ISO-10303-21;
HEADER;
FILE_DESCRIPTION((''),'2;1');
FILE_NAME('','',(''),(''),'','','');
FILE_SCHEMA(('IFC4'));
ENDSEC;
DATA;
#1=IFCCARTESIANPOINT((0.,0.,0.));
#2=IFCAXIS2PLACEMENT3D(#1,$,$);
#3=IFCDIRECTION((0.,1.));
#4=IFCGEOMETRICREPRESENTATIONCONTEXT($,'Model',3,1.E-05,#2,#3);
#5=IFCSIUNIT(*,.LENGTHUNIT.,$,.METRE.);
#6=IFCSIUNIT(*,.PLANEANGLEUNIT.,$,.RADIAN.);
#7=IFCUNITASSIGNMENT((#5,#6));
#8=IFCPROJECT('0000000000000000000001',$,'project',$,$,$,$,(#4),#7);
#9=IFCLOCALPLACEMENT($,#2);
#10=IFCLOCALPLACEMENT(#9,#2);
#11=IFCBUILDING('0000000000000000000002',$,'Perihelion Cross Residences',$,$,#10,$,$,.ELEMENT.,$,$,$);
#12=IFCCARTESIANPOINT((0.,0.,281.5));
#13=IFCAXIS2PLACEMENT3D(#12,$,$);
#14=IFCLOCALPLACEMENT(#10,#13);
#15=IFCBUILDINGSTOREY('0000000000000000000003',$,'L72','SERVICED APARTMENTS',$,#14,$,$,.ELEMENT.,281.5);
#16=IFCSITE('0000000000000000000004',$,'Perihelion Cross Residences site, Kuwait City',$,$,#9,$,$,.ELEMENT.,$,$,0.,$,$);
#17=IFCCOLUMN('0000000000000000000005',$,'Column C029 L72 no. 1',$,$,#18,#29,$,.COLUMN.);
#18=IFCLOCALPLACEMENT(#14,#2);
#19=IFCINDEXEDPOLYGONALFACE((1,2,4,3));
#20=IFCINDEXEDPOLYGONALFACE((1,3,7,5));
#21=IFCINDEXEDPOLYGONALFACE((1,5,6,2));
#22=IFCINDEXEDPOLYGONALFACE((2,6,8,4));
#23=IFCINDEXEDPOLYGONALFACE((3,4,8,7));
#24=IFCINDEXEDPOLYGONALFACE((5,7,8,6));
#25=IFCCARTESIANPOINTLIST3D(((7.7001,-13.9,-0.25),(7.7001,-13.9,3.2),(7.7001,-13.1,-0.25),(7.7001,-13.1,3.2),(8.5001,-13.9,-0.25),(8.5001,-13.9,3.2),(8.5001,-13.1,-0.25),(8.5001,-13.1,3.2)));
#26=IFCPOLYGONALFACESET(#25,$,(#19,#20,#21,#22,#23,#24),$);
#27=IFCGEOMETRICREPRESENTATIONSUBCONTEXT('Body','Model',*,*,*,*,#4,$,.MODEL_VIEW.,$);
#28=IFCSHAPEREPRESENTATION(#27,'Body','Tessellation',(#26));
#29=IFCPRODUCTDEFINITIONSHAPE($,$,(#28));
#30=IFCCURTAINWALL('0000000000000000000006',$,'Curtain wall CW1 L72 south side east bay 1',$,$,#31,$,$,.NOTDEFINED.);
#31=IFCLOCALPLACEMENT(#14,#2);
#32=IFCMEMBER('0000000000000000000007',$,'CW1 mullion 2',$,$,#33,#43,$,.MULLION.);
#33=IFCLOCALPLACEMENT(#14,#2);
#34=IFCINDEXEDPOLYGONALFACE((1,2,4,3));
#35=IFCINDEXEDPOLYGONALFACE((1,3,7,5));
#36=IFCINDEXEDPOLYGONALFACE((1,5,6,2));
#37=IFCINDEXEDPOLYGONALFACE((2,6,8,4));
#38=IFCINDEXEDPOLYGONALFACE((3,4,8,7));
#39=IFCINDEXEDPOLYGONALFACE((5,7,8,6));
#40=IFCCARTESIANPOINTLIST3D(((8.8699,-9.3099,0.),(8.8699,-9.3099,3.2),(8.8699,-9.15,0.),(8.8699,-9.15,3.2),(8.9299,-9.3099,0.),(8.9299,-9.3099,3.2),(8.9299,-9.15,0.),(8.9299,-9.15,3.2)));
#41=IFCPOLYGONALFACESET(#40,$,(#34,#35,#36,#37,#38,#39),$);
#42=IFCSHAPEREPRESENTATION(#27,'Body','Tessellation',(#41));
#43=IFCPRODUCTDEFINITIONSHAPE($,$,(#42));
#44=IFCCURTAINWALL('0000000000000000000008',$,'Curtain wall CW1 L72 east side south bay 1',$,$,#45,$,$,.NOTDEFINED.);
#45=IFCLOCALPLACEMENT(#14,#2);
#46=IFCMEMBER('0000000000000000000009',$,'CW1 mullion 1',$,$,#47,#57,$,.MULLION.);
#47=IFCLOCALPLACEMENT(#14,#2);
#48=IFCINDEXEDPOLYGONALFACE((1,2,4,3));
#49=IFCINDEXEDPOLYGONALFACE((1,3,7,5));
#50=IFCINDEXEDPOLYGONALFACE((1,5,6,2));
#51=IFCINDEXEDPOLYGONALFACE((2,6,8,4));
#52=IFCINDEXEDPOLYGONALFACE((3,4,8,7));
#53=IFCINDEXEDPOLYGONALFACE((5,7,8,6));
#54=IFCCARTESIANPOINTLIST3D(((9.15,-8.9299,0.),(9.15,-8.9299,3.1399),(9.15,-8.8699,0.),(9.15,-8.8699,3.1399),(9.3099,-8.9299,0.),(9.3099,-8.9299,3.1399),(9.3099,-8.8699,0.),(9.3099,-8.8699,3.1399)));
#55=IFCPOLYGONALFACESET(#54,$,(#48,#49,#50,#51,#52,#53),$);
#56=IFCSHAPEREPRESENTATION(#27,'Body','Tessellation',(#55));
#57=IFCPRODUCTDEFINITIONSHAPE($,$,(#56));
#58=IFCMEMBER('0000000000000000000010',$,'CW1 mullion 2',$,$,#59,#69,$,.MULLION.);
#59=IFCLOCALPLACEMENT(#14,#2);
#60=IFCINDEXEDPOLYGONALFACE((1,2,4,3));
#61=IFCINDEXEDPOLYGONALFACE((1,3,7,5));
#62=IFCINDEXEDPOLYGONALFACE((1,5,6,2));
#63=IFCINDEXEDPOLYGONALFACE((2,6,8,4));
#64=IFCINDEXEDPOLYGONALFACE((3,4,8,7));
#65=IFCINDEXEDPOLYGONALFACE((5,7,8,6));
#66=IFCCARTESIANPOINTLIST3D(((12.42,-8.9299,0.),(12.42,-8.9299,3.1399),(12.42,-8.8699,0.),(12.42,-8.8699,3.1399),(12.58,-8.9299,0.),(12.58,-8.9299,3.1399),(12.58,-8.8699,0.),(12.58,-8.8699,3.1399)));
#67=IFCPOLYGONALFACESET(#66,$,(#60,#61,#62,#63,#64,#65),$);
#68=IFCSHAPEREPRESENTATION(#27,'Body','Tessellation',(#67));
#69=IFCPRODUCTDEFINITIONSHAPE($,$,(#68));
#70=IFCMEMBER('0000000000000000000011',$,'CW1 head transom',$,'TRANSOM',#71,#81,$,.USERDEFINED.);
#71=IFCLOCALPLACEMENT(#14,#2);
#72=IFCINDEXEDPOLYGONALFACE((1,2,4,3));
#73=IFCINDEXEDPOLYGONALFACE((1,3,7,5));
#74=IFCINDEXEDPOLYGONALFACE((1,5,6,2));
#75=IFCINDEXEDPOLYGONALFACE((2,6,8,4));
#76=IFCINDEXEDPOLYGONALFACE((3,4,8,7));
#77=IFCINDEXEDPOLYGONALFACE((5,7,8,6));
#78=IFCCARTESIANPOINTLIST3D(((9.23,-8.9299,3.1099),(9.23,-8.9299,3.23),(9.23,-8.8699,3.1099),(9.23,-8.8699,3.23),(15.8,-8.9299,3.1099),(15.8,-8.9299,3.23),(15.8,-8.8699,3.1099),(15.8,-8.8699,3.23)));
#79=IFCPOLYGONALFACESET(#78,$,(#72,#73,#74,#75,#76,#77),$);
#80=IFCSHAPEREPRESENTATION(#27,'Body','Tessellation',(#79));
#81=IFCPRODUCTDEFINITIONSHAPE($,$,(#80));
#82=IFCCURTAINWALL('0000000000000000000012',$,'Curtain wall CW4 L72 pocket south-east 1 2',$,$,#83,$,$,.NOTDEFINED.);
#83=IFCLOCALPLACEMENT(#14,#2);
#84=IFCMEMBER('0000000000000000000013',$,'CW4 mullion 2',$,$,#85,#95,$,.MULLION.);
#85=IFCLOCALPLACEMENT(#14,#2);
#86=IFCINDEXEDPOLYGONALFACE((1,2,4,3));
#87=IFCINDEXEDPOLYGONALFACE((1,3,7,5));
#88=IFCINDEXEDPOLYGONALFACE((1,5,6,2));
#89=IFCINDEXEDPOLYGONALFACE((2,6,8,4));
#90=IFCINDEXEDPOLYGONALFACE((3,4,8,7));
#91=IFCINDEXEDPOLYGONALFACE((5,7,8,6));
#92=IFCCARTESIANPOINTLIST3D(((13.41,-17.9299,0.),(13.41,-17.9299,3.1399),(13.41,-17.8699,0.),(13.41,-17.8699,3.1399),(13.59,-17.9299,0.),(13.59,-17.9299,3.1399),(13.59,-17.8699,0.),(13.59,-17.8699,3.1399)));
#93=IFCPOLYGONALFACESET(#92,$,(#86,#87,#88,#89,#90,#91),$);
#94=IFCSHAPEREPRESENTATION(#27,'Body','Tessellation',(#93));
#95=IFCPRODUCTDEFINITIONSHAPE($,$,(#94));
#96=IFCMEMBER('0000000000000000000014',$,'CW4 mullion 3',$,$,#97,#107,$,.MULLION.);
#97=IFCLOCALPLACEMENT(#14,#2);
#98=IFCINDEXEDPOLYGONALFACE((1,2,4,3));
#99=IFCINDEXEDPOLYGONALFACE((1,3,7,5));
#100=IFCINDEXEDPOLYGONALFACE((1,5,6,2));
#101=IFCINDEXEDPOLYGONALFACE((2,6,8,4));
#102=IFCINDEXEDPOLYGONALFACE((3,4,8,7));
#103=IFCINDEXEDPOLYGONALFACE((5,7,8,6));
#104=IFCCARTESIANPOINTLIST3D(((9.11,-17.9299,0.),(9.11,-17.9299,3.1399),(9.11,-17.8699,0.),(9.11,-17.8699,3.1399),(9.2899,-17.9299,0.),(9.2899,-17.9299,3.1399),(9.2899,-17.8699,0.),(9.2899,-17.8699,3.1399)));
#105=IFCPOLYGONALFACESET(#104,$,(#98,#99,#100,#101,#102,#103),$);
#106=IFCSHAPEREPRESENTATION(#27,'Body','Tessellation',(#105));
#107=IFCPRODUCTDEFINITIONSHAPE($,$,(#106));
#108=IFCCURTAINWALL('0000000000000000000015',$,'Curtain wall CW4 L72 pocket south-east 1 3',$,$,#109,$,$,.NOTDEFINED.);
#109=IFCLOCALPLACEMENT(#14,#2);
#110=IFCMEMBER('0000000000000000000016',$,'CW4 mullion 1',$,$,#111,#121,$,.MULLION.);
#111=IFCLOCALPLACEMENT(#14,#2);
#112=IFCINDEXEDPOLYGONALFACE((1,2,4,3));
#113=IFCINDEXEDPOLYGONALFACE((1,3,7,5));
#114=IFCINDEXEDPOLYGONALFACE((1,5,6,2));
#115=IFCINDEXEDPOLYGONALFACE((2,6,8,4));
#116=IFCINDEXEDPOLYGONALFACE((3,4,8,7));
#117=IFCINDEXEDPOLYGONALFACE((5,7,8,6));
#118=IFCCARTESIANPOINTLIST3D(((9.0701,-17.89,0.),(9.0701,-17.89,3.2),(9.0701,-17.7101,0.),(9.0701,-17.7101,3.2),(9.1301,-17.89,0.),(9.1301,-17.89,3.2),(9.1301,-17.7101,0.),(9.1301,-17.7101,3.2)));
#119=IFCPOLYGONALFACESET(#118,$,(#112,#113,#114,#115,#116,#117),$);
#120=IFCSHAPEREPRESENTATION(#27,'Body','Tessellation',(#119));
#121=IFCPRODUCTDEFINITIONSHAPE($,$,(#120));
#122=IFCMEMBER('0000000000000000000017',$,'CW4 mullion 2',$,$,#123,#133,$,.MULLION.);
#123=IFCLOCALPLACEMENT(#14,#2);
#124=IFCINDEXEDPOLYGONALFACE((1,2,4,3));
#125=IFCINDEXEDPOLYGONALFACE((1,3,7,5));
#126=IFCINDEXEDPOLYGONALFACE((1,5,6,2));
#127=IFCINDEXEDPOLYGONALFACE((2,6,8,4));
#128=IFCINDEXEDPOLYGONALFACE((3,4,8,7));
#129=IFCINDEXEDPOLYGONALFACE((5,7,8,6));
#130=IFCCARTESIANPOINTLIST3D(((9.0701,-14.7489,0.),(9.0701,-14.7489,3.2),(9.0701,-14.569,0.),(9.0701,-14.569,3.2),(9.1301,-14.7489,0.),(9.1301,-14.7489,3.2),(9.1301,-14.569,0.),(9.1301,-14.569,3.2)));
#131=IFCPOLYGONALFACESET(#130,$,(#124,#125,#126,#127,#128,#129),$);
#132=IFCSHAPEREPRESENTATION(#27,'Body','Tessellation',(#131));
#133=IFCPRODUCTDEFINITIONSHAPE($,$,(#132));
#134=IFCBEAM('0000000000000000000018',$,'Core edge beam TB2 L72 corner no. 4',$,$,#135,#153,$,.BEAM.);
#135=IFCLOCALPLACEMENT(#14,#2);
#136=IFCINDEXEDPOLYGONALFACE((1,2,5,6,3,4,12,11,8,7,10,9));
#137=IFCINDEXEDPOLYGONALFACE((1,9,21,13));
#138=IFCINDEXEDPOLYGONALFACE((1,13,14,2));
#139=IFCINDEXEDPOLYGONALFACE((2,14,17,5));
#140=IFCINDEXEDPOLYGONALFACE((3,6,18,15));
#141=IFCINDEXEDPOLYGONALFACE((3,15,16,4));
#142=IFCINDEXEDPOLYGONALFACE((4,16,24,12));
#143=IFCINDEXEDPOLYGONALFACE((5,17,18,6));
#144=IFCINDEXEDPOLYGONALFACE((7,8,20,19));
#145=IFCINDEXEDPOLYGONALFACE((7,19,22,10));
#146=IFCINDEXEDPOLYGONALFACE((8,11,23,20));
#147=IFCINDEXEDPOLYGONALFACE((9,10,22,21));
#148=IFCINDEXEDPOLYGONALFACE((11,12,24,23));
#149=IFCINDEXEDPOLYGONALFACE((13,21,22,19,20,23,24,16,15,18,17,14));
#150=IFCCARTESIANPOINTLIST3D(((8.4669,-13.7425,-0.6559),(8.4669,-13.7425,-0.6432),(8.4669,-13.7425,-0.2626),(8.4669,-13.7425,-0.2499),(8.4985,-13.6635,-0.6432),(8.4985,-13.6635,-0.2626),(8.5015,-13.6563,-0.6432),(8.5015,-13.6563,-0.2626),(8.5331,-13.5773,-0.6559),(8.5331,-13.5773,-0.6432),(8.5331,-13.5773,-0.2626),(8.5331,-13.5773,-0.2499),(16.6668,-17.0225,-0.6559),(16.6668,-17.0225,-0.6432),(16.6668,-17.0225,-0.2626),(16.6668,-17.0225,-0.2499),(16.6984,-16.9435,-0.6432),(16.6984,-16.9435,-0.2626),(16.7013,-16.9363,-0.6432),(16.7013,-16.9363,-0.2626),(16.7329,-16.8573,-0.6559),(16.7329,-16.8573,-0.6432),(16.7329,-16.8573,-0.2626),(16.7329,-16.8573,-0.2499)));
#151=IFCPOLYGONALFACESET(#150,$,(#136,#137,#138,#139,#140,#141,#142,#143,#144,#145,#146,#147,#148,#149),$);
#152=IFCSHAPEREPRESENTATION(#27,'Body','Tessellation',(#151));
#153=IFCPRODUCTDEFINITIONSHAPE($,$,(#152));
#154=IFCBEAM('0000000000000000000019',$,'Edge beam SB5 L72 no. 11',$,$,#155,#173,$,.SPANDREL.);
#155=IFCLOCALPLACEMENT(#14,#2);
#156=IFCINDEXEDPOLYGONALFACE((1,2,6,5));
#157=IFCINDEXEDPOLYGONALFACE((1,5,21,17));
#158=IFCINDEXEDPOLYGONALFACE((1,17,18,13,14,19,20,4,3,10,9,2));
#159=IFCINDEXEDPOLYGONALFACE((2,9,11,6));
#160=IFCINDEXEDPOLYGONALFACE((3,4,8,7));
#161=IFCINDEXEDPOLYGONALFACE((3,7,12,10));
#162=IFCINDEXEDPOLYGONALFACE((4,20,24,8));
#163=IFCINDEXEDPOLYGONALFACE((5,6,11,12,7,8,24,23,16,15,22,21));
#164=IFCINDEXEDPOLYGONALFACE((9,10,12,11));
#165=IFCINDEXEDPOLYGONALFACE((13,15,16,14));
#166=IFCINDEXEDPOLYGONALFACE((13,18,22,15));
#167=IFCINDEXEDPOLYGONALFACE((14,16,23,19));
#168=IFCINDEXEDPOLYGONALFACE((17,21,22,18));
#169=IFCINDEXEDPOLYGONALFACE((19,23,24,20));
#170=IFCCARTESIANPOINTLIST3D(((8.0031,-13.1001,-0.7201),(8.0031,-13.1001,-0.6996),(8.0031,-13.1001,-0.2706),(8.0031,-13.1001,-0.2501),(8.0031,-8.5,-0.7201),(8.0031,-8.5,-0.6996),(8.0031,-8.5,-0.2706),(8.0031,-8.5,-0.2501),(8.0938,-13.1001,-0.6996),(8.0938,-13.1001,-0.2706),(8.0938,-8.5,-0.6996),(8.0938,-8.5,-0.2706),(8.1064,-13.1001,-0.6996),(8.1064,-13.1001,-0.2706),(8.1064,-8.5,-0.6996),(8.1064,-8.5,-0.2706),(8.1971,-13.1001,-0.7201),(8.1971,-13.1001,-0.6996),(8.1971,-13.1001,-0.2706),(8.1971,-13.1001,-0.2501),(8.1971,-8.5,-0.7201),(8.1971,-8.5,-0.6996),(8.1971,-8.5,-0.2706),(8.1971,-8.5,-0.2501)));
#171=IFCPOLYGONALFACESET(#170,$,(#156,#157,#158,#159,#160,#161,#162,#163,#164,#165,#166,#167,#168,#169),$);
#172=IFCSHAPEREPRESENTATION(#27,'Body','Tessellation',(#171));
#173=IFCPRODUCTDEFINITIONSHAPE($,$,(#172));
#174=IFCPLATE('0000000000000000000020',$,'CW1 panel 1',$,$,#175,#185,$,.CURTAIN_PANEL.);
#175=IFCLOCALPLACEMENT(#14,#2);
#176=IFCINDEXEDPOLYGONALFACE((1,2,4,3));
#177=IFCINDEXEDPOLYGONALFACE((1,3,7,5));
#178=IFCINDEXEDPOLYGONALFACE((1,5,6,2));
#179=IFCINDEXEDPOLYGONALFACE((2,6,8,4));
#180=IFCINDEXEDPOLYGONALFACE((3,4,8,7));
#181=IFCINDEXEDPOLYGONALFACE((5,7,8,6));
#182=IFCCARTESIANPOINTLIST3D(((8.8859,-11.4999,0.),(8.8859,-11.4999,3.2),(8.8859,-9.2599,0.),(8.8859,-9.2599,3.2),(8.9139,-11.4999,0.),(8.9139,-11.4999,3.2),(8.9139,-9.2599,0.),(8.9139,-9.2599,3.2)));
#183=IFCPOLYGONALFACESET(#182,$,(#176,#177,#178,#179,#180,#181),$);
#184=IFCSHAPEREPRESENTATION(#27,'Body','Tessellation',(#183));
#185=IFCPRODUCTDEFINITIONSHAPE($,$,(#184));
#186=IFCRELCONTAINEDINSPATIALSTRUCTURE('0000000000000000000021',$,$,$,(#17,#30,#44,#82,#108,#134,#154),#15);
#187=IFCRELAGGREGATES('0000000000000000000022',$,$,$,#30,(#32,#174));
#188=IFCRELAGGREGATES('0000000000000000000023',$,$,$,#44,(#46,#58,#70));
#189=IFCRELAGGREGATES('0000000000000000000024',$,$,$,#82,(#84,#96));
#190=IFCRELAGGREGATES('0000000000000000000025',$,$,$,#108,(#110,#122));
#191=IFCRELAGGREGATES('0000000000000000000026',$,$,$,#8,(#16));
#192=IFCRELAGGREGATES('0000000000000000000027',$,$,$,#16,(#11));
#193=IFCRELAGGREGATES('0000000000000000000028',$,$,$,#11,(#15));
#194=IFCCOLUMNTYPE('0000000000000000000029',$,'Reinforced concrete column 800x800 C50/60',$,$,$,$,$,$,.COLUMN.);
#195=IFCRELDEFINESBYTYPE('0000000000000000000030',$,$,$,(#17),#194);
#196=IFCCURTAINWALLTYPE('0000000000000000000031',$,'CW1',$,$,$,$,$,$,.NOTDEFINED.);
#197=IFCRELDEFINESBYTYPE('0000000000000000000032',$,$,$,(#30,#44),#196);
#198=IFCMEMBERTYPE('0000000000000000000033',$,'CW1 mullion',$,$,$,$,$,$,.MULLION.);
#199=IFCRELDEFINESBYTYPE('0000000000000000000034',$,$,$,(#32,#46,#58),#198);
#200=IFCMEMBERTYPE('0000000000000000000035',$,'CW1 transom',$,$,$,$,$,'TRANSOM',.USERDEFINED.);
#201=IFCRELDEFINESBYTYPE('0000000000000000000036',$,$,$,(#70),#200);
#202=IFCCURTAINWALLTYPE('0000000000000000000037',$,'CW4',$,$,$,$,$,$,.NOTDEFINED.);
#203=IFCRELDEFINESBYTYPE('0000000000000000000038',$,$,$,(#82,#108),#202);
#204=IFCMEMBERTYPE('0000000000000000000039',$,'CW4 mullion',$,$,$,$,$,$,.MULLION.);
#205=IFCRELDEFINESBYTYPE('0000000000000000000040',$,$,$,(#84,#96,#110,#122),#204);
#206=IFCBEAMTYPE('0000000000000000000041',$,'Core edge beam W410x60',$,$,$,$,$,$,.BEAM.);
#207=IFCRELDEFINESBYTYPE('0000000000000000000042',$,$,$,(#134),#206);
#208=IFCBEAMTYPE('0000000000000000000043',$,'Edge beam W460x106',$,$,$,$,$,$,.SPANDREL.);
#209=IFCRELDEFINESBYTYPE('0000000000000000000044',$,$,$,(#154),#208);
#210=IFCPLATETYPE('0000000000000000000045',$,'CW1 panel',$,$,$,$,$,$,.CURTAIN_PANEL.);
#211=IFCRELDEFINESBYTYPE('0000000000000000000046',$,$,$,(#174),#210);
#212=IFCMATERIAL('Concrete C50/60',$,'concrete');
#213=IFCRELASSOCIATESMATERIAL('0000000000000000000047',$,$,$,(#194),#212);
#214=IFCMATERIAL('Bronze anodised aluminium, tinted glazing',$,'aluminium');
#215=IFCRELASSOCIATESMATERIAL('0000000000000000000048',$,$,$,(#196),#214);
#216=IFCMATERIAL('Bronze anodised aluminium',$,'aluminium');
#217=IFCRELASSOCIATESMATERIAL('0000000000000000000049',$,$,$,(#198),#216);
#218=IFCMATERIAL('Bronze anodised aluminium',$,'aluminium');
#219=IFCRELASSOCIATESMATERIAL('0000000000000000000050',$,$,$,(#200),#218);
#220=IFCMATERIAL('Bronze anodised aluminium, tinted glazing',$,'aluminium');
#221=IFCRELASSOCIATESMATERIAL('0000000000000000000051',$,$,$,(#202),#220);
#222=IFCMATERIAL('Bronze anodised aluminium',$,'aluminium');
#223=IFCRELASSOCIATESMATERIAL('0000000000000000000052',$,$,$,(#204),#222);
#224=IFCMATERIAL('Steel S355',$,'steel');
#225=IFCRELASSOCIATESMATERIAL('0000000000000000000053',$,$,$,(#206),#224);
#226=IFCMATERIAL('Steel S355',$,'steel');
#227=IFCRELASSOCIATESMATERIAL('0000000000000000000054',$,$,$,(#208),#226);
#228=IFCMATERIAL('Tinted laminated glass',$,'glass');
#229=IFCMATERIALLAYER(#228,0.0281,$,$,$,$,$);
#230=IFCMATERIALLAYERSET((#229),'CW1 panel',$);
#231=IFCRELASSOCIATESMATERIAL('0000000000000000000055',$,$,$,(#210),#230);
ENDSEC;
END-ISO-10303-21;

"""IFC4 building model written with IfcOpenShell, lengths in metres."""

from ifc_helpers import new_model, si_unit, direction, frame, origin, origin_2d, place, context, subcontext, project, spatial, rectangle, i_section, extrude, material, layer, layer_set, material_profile, profile_set, type_object, element, aggregate, save


model = new_model("IFC4")

# Units and contexts
model_context = context("Model", 3, precision=1e-05, world=origin(), true_north=direction((0.0, 1.0)))
body_context = subcontext(model_context, "Body", "Model", "MODEL_VIEW")
ifc_project = project(units=[si_unit("LENGTHUNIT", "METRE"), si_unit("PLANEANGLEUNIT", "RADIAN")], contexts=[model_context])

# Site, building, storey
site_placement = place(None, origin())
site = spatial("IfcSite", under=ifc_project, at=site_placement, Name="Perihelion Cross Residences site, Kuwait City", CompositionType="ELEMENT", RefElevation=0.0)
building_placement = place(site_placement, origin())
building = spatial("IfcBuilding", under=site, at=building_placement, Name="Perihelion Cross Residences", CompositionType="ELEMENT")
storey_placement = place(building_placement, frame((0.0, 0.0, 281.5)))
storey = spatial("IfcBuildingStorey", under=building, at=storey_placement, Name="L72", Description="SERVICED APARTMENTS", CompositionType="ELEMENT", Elevation=281.5)

# Column
ifc_material_1 = material(Name="Concrete C50/60", Category="concrete")
ifc_material_profile_1 = material_profile(ifc_material_1, rectangle(XDim=0.8, YDim=0.8, at=origin_2d()), Name="RC 800x800")
ifc_profile_set_1 = profile_set([ifc_material_profile_1], Name="Concrete C50/60")
column_type = type_object("IfcColumnType", Name="Reinforced concrete column 800x800 C50/60", PredefinedType="COLUMN", material=ifc_profile_set_1)
column_placement = place(storey_placement, frame((8.1001, -13.5, -0.25), z_axis=(0.0, 0.0, 1.0), x_axis=(1.0, 0.0, 0.0)))
element("IfcColumn", 1, at=column_placement, inside=storey, type_object=column_type, Name="Column C029 L72 no. 1", PredefinedType="COLUMN", context=body_context, shape_type="SweptSolid", body=[
    extrude(rectangle(XDim=0.8, YDim=0.8, at=origin_2d()), origin(), (0.0, 0.0, 1.0), 3.45),
])

# Curtain wall, member
ifc_material_2 = material(Name="Bronze anodised aluminium, tinted glazing", Category="aluminium")
curtain_wall_type_1 = type_object("IfcCurtainWallType", Name="CW1", PredefinedType="NOTDEFINED", material=ifc_material_2)
curtain_wall_1_placement = place(storey_placement, origin())
curtain_wall_1 = element("IfcCurtainWall", 2, at=curtain_wall_1_placement, inside=storey, type_object=curtain_wall_type_1, Name="Curtain wall CW1 L72 south side east bay 1", PredefinedType="NOTDEFINED")
ifc_material_3 = material(Name="Bronze anodised aluminium", Category="aluminium")
ifc_material_profile_2 = material_profile(ifc_material_3, rectangle(XDim=0.0601, YDim=0.1599, at=origin_2d()), Name="CW1 mullion")
ifc_profile_set_2 = profile_set([ifc_material_profile_2], Name="Bronze anodised aluminium")
member_type_1 = type_object("IfcMemberType", Name="CW1 mullion", PredefinedType="MULLION", material=ifc_profile_set_2)
member_1_placement = place(storey_placement, frame((8.8999, -9.23, 0.0), z_axis=(0.0, 0.0, 1.0), x_axis=(-1.0, 0.0, 0.0)))
member_1 = element("IfcMember", 3, at=member_1_placement, type_object=member_type_1, Name="CW1 mullion 2", PredefinedType="MULLION", context=body_context, shape_type="SweptSolid", body=[
    extrude(rectangle(XDim=0.0601, YDim=0.1599, at=origin_2d()), origin(), (0.0, 0.0, 1.0), 3.2),
])

# Curtain walls, members
curtain_wall_2_placement = place(storey_placement, origin())
curtain_wall_2 = element("IfcCurtainWall", 4, at=curtain_wall_2_placement, inside=storey, type_object=curtain_wall_type_1, Name="Curtain wall CW1 L72 east side south bay 1", PredefinedType="NOTDEFINED")
member_2_placement = place(storey_placement, frame((9.23, -8.8999, 0.0), z_axis=(0.0, 0.0, 1.0), x_axis=(0.0, 1.0, 0.0)))
member_2 = element("IfcMember", 5, at=member_2_placement, type_object=member_type_1, Name="CW1 mullion 1", PredefinedType="MULLION", context=body_context, shape_type="SweptSolid", body=[
    extrude(rectangle(XDim=0.0601, YDim=0.1599, at=origin_2d()), origin(), (0.0, 0.0, 1.0), 3.1399),
])
member_3_placement = place(storey_placement, frame((12.5, -8.8999, 0.0), z_axis=(0.0, 0.0, 1.0), x_axis=(0.0, 1.0, 0.0)))
member_3 = element("IfcMember", 6, at=member_3_placement, type_object=member_type_1, Name="CW1 mullion 2", PredefinedType="MULLION", context=body_context, shape_type="SweptSolid", body=[
    extrude(rectangle(XDim=0.0601, YDim=0.1599, at=origin_2d()), origin(), (0.0, 0.0, 1.0), 3.1399),
])
ifc_material_4 = material(Name="Bronze anodised aluminium", Category="aluminium")
ifc_material_profile_3 = material_profile(ifc_material_4, rectangle(XDim=0.0601, YDim=0.1201, at=origin_2d()), Name="CW1 transom")
ifc_profile_set_3 = profile_set([ifc_material_profile_3], Name="Bronze anodised aluminium")
member_type_2 = type_object("IfcMemberType", Name="CW1 transom", ElementType="TRANSOM", PredefinedType="USERDEFINED", material=ifc_profile_set_3)
member_4_placement = place(storey_placement, frame((9.23, -8.8999, 3.1699), z_axis=(1.0, 0.0, 0.0), x_axis=(0.0, 1.0, 0.0)))
member_4 = element("IfcMember", 7, at=member_4_placement, type_object=member_type_2, Name="CW1 head transom", ObjectType="TRANSOM", PredefinedType="USERDEFINED", context=body_context, shape_type="SweptSolid", body=[
    extrude(rectangle(XDim=0.0601, YDim=0.1201, at=origin_2d()), origin(), (0.0, 0.0, 1.0), 6.5701),
])
ifc_material_5 = material(Name="Bronze anodised aluminium, tinted glazing", Category="aluminium")
curtain_wall_type_2 = type_object("IfcCurtainWallType", Name="CW4", PredefinedType="NOTDEFINED", material=ifc_material_5)
curtain_wall_3_placement = place(storey_placement, origin())
curtain_wall_3 = element("IfcCurtainWall", 8, at=curtain_wall_3_placement, inside=storey, type_object=curtain_wall_type_2, Name="Curtain wall CW4 L72 pocket south-east 1 2", PredefinedType="NOTDEFINED")
ifc_material_6 = material(Name="Bronze anodised aluminium", Category="aluminium")
ifc_material_profile_4 = material_profile(ifc_material_6, rectangle(XDim=0.0601, YDim=0.1799, at=origin_2d()), Name="CW4 mullion")
ifc_profile_set_4 = profile_set([ifc_material_profile_4], Name="Bronze anodised aluminium")
member_type_3 = type_object("IfcMemberType", Name="CW4 mullion", PredefinedType="MULLION", material=ifc_profile_set_4)
member_5_placement = place(storey_placement, frame((13.5, -17.8999, 0.0), z_axis=(0.0, 0.0, 1.0), x_axis=(0.0, -1.0, 0.0)))
member_5 = element("IfcMember", 9, at=member_5_placement, type_object=member_type_3, Name="CW4 mullion 2", PredefinedType="MULLION", context=body_context, shape_type="SweptSolid", body=[
    extrude(rectangle(XDim=0.0601, YDim=0.1799, at=origin_2d()), origin(), (0.0, 0.0, 1.0), 3.1399),
])
member_6_placement = place(storey_placement, frame((9.2, -17.8999, 0.0), z_axis=(0.0, 0.0, 1.0), x_axis=(0.0, -1.0, 0.0)))
member_6 = element("IfcMember", 10, at=member_6_placement, type_object=member_type_3, Name="CW4 mullion 3", PredefinedType="MULLION", context=body_context, shape_type="SweptSolid", body=[
    extrude(rectangle(XDim=0.0601, YDim=0.1799, at=origin_2d()), origin(), (0.0, 0.0, 1.0), 3.1399),
])
curtain_wall_4_placement = place(storey_placement, origin())
curtain_wall_4 = element("IfcCurtainWall", 11, at=curtain_wall_4_placement, inside=storey, type_object=curtain_wall_type_2, Name="Curtain wall CW4 L72 pocket south-east 1 3", PredefinedType="NOTDEFINED")
member_7_placement = place(storey_placement, frame((9.1001, -17.8, 0.0), z_axis=(0.0, 0.0, 1.0), x_axis=(-1.0, 0.0, 0.0)))
member_7 = element("IfcMember", 12, at=member_7_placement, type_object=member_type_3, Name="CW4 mullion 1", PredefinedType="MULLION", context=body_context, shape_type="SweptSolid", body=[
    extrude(rectangle(XDim=0.0601, YDim=0.1799, at=origin_2d()), origin(), (0.0, 0.0, 1.0), 3.2),
])
member_8_placement = place(storey_placement, frame((9.1001, -14.6589, 0.0), z_axis=(0.0, 0.0, 1.0), x_axis=(-1.0, 0.0, 0.0)))
member_8 = element("IfcMember", 13, at=member_8_placement, type_object=member_type_3, Name="CW4 mullion 2", PredefinedType="MULLION", context=body_context, shape_type="SweptSolid", body=[
    extrude(rectangle(XDim=0.0601, YDim=0.1799, at=origin_2d()), origin(), (0.0, 0.0, 1.0), 3.2),
])

# Beams
ifc_material_7 = material(Name="Steel S355", Category="steel")
ifc_material_profile_5 = material_profile(ifc_material_7, i_section(OverallWidth=0.178, OverallDepth=0.406, WebThickness=0.0078, FlangeThickness=0.0127, at=origin_2d()), Name="W410x60")
ifc_profile_set_5 = profile_set([ifc_material_profile_5], Name="Steel S355")
beam_type_1 = type_object("IfcBeamType", Name="Core edge beam W410x60", PredefinedType="BEAM", material=ifc_profile_set_5)
beam_1_placement = place(storey_placement, frame((8.5, -13.6599, -0.4529), z_axis=(0.928475, -0.371395, 0.0), x_axis=(0.371395, 0.928475, 0.0)))
element("IfcBeam", 14, at=beam_1_placement, inside=storey, type_object=beam_type_1, Name="Core edge beam TB2 L72 corner no. 4", PredefinedType="BEAM", context=body_context, shape_type="SweptSolid", body=[
    extrude(i_section(OverallWidth=0.178, OverallDepth=0.406, WebThickness=0.0078, FlangeThickness=0.0127, at=origin_2d()), origin(), (0.0, 0.0, 1.0), 8.8315),
])
ifc_material_8 = material(Name="Steel S355", Category="steel")
ifc_material_profile_6 = material_profile(ifc_material_8, i_section(OverallWidth=0.1941, OverallDepth=0.47, WebThickness=0.0127, FlangeThickness=0.0205, at=origin_2d()), Name="W460x106")
ifc_profile_set_6 = profile_set([ifc_material_profile_6], Name="Steel S355")
beam_type_2 = type_object("IfcBeamType", Name="Edge beam W460x106", PredefinedType="SPANDREL", material=ifc_profile_set_6)
beam_2_placement = place(storey_placement, frame((8.1001, -13.1001, -0.4851), z_axis=(0.0, 1.0, 0.0), x_axis=(-1.0, 0.0, 0.0)))
element("IfcBeam", 15, at=beam_2_placement, inside=storey, type_object=beam_type_2, Name="Edge beam SB5 L72 no. 11", PredefinedType="SPANDREL", context=body_context, shape_type="SweptSolid", body=[
    extrude(i_section(OverallWidth=0.1941, OverallDepth=0.47, WebThickness=0.0127, FlangeThickness=0.0205, at=origin_2d()), origin(), (0.0, 0.0, 1.0), 4.6001),
])

# Plate
ifc_material_9 = material(Name="Tinted laminated glass", Category="glass")
ifc_layer_1 = layer(ifc_material_9, 0.0281)
ifc_layer_set_1 = layer_set([ifc_layer_1], Name="CW1 panel")
plate_type_1 = type_object("IfcPlateType", Name="CW1 panel", PredefinedType="CURTAIN_PANEL", material=ifc_layer_set_1)
plate_1_placement = place(storey_placement, frame((8.8999, -10.3799, 0.0), z_axis=(0.0, 0.0, 1.0), x_axis=(0.0, 1.0, 0.0)))
plate_1 = element("IfcPlate", 16, at=plate_1_placement, type_object=plate_type_1, Name="CW1 panel 1", PredefinedType="CURTAIN_PANEL", context=body_context, shape_type="SweptSolid", body=[
    extrude(rectangle(XDim=2.24, YDim=0.0281, at=origin_2d()), origin(), (0.0, 0.0, 1.0), 3.2),
])
aggregate(curtain_wall_1, [member_1, plate_1])
aggregate(curtain_wall_2, [member_2, member_3, member_4])
aggregate(curtain_wall_3, [member_5, member_6])
aggregate(curtain_wall_4, [member_7, member_8])

save(model, "model.ifc")
